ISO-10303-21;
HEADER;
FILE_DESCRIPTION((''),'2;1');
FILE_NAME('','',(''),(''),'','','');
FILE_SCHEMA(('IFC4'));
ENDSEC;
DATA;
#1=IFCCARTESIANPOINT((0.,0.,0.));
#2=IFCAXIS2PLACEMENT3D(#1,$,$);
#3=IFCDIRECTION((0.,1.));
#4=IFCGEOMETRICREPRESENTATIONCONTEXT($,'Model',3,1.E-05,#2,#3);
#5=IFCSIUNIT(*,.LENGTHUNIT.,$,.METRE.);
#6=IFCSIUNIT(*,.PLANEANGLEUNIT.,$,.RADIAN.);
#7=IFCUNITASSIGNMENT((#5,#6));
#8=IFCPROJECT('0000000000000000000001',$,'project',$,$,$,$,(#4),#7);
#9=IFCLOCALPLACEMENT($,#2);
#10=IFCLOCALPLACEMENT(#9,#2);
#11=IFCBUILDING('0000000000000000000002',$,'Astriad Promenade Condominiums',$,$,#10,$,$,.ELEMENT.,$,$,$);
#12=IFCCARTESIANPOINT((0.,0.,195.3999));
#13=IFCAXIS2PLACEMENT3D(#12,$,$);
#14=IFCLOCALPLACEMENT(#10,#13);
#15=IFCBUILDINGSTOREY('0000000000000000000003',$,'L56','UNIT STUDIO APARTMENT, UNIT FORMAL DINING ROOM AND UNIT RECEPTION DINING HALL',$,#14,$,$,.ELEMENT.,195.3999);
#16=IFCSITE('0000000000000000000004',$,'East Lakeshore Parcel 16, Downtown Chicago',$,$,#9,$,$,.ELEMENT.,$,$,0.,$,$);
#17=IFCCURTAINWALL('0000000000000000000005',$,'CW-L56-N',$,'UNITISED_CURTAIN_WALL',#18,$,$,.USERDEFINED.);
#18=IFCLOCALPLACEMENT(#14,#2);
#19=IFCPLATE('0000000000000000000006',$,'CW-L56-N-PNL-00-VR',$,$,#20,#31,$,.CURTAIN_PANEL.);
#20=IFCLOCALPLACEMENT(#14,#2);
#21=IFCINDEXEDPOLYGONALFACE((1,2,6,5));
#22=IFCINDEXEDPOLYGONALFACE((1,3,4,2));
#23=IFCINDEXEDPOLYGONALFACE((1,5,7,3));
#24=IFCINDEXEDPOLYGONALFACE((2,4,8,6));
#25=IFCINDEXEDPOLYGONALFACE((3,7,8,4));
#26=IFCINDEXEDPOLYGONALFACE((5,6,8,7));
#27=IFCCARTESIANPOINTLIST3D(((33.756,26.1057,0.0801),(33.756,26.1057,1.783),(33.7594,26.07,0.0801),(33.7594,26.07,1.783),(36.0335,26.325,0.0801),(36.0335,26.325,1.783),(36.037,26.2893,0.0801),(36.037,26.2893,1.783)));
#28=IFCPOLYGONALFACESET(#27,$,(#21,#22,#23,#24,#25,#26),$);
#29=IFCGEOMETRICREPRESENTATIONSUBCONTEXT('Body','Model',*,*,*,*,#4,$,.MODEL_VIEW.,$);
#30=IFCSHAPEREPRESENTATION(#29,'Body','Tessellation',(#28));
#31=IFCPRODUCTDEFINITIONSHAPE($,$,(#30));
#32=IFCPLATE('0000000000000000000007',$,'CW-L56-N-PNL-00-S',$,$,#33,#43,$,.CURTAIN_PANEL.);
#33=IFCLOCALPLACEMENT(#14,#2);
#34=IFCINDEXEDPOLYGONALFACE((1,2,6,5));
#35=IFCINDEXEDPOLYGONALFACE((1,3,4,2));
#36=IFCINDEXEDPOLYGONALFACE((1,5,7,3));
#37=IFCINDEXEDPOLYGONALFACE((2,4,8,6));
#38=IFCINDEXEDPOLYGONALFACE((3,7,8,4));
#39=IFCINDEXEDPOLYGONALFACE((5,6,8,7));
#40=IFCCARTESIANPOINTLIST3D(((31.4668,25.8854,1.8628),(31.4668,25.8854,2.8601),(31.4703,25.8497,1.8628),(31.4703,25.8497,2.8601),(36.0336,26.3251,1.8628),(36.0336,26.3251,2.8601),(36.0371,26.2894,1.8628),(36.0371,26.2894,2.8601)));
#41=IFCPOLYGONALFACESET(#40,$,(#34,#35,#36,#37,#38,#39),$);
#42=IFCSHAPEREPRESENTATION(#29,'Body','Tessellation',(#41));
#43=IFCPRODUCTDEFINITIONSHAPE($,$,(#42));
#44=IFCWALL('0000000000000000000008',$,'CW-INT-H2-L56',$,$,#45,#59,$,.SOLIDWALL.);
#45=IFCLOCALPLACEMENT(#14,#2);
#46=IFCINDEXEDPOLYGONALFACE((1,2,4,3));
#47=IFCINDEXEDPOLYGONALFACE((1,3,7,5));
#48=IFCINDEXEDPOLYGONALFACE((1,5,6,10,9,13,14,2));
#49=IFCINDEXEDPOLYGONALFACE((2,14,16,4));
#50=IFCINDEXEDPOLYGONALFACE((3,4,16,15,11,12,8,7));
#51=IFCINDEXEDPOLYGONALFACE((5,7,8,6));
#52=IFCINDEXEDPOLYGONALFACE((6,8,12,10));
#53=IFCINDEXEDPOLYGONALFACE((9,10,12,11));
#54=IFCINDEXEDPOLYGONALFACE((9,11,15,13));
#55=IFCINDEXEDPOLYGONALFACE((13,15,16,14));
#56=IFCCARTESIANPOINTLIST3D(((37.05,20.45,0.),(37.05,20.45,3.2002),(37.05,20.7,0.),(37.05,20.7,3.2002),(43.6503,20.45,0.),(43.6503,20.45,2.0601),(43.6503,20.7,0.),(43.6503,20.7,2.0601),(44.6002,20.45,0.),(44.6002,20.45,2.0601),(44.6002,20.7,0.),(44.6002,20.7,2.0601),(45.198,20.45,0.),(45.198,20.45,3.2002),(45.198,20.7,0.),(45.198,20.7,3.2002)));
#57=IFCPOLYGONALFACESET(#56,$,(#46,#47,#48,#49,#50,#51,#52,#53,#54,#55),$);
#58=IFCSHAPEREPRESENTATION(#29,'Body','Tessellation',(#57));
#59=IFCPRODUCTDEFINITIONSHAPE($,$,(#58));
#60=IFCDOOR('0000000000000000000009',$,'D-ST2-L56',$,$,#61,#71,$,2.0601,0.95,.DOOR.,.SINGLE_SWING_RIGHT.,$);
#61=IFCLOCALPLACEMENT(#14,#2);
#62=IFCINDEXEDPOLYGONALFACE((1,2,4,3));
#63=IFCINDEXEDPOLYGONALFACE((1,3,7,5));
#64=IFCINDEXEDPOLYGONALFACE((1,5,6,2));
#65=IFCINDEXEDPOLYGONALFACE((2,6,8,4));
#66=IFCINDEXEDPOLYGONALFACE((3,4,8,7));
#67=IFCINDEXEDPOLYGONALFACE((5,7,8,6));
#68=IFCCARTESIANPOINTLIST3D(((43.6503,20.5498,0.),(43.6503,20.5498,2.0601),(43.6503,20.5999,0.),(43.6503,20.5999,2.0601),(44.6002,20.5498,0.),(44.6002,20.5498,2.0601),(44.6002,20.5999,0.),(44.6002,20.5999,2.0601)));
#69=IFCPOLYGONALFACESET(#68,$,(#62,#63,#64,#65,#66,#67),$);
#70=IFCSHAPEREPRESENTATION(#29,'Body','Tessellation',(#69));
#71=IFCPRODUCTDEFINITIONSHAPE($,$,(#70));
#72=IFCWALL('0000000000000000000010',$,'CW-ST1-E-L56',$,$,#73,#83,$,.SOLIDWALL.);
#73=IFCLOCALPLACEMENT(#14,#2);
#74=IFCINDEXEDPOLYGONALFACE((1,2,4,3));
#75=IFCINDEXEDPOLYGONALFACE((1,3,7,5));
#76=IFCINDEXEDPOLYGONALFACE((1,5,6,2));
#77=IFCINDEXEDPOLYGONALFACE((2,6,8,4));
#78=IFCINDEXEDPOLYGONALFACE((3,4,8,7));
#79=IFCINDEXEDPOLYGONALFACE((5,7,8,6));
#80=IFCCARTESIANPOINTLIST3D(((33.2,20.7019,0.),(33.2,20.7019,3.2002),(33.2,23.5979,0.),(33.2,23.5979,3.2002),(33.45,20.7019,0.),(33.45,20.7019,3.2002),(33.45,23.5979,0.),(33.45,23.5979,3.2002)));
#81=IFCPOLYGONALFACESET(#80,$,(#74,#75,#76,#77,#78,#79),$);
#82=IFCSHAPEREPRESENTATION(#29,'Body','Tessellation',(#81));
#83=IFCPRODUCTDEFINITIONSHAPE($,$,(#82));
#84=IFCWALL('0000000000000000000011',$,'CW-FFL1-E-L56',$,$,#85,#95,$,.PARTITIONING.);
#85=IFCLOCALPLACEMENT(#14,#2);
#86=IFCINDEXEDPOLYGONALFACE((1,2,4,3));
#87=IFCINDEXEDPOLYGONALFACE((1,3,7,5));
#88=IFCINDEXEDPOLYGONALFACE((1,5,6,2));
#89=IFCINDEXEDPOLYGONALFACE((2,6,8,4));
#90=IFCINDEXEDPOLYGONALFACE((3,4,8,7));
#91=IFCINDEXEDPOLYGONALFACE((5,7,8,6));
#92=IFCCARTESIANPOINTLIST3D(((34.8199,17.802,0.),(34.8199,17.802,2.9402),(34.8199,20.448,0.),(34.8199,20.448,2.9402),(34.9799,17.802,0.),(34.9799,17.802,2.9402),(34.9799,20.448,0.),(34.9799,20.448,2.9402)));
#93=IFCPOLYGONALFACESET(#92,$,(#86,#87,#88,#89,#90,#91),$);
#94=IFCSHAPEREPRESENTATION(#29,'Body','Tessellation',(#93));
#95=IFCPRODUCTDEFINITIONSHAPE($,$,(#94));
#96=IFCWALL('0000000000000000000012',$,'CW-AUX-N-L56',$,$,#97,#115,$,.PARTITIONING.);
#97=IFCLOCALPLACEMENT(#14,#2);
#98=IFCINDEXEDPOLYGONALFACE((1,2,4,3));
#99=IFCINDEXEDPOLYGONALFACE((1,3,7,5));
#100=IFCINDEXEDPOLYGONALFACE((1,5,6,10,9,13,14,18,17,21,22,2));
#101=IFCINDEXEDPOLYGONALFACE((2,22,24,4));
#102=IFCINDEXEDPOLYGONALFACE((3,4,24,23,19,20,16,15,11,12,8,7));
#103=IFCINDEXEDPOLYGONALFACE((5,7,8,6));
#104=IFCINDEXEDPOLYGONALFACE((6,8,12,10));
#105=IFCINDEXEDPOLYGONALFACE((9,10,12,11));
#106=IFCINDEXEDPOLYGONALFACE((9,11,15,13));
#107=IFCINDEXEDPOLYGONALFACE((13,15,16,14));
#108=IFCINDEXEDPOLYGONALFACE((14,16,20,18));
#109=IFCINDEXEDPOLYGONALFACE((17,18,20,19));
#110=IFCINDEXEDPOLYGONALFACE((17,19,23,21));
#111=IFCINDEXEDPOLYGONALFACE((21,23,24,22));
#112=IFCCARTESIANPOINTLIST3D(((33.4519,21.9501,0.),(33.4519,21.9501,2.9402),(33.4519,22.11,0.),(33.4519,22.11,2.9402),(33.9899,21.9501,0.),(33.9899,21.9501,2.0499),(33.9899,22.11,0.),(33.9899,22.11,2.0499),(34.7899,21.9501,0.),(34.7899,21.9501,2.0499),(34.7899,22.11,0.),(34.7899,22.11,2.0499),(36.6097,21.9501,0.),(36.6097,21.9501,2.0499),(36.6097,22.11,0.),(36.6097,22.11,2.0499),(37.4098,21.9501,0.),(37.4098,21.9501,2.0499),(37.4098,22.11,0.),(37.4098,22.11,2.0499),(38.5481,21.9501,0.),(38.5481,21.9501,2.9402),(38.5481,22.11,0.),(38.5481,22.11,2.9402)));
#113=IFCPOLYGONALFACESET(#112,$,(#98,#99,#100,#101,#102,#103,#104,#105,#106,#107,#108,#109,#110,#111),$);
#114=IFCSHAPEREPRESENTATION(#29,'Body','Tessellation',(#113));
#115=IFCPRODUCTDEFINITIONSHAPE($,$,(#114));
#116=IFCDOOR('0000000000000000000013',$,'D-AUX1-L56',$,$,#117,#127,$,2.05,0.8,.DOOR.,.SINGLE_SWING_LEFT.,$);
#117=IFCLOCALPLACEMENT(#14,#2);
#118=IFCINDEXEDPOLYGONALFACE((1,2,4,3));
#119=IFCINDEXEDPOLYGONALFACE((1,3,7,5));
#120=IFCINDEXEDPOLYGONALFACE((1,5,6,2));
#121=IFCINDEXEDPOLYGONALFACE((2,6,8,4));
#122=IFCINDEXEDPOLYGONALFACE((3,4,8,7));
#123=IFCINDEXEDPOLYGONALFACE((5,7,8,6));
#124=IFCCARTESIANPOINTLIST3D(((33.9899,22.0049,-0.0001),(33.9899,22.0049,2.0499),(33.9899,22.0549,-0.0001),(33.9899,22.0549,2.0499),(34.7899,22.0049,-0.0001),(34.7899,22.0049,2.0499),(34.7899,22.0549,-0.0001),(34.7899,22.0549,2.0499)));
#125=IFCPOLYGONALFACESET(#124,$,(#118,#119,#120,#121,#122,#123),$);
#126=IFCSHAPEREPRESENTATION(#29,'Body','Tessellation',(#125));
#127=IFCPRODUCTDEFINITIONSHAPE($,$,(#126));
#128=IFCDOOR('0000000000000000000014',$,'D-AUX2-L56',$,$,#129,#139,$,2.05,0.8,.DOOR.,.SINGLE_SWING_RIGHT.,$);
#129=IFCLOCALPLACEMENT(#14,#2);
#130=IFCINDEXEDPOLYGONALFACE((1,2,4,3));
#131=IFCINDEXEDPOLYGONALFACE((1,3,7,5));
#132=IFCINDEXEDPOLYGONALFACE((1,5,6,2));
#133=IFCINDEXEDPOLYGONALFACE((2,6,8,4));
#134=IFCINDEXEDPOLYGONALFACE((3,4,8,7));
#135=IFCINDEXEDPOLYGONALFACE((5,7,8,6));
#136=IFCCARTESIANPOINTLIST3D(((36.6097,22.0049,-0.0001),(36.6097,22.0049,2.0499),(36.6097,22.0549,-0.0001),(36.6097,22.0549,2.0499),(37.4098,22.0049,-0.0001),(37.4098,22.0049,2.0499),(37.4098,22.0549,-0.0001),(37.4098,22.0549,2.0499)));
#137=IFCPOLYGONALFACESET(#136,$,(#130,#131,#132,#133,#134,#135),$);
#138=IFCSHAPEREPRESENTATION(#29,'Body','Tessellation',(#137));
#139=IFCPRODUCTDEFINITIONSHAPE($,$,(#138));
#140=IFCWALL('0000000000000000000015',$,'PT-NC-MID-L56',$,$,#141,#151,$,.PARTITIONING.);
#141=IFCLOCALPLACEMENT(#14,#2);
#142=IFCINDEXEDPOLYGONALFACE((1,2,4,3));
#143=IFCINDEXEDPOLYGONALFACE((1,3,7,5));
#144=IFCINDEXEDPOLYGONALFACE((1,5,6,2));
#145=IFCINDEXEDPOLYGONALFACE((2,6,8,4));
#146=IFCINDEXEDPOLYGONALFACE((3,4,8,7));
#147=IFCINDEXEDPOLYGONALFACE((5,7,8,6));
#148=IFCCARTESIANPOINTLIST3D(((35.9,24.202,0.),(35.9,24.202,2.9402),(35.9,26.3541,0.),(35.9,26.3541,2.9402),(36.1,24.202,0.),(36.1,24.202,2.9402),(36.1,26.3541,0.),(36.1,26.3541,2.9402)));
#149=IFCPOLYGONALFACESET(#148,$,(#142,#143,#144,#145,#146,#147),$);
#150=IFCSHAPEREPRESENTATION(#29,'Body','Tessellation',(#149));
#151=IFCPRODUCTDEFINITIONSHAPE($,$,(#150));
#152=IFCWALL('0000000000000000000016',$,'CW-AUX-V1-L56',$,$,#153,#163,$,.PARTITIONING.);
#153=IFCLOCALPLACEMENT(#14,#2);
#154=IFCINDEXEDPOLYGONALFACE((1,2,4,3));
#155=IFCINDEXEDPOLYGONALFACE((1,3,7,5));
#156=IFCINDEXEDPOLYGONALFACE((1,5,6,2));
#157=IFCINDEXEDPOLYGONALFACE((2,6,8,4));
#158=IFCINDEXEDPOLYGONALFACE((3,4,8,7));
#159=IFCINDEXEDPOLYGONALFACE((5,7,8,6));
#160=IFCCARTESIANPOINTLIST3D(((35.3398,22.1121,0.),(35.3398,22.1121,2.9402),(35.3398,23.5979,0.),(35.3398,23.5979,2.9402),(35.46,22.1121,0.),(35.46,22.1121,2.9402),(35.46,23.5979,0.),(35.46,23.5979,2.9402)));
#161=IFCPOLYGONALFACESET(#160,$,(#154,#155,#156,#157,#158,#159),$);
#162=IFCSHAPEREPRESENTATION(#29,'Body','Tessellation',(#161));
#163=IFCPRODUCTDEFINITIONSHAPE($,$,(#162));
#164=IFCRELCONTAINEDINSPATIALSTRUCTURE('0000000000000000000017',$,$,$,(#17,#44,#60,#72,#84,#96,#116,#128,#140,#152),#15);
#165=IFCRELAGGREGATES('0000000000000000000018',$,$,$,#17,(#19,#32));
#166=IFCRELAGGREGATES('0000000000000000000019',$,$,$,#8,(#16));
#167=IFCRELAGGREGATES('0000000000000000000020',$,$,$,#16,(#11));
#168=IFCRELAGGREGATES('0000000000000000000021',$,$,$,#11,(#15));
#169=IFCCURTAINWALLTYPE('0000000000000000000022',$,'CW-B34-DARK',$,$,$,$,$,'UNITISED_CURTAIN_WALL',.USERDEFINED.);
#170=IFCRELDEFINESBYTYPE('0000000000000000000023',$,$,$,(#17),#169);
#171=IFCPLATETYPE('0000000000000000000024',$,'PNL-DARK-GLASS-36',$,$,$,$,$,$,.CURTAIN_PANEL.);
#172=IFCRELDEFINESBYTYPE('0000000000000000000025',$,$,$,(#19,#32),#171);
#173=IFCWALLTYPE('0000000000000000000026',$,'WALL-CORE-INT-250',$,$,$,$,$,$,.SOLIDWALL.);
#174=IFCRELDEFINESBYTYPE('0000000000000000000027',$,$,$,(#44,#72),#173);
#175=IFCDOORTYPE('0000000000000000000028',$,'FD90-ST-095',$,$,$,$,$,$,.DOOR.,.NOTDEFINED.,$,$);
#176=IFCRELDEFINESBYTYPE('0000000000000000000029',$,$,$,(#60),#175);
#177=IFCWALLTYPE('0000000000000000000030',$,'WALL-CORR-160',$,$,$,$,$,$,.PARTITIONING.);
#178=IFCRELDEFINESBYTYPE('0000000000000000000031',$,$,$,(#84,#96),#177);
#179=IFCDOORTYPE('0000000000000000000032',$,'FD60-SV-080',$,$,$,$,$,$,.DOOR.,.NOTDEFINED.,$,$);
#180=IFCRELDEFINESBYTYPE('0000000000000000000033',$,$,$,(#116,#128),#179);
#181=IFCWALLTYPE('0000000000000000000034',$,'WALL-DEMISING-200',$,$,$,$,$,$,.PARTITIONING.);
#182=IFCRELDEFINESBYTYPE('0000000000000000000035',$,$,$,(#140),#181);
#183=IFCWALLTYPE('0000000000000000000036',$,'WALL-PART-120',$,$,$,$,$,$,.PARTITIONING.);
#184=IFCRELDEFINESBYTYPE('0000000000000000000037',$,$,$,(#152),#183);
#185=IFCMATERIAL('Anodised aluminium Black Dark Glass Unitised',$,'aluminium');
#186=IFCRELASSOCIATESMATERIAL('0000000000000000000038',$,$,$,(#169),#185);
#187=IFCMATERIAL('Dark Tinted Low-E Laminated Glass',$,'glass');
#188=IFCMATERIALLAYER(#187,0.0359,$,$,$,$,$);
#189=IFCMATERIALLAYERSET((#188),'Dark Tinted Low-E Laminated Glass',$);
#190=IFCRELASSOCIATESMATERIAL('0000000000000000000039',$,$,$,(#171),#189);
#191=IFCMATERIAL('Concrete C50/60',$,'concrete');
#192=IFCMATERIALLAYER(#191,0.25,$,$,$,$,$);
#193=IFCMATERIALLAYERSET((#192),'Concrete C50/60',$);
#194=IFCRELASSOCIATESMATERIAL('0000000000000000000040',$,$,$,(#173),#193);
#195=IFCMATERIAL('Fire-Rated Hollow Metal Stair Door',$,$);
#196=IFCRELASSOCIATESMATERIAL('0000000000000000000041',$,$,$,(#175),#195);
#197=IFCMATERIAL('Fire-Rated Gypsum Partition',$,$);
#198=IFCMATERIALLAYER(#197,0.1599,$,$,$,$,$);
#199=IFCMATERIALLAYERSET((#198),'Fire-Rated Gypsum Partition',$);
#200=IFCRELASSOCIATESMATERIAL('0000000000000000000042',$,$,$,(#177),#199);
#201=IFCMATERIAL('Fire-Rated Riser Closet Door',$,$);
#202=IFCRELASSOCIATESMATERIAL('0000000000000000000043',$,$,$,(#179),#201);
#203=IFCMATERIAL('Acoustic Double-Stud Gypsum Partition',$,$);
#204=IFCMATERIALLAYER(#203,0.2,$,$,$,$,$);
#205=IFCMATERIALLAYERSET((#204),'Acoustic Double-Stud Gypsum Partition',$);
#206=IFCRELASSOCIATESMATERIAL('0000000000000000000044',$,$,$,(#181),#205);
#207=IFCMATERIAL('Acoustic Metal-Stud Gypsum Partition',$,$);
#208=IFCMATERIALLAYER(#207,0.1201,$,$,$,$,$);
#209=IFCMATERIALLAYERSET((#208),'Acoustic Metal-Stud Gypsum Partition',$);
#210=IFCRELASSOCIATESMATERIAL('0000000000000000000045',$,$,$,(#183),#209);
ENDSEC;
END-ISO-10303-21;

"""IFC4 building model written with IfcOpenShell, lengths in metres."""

from ifc_helpers import new_model, si_unit, direction, frame, frame_2d, origin, origin_2d, place, context, subcontext, project, spatial, rectangle, extrude, source, transform, mapped, material, layer, layer_set, type_object, type_shapes, element, fill, aggregate, save


model = new_model("IFC4")

# Units and contexts
model_context = context("Model", 3, precision=1e-05, world=origin(), true_north=direction((0.0, 1.0)))
body_context = subcontext(model_context, "Body", "Model", "MODEL_VIEW")
ifc_project = project(units=[si_unit("LENGTHUNIT", "METRE"), si_unit("PLANEANGLEUNIT", "RADIAN")], contexts=[model_context])

# Site, building, storey
site_placement = place(None, origin())
site = spatial("IfcSite", under=ifc_project, at=site_placement, Name="East Lakeshore Parcel 16, Downtown Chicago", CompositionType="ELEMENT", RefElevation=0.0)
building_placement = place(site_placement, origin())
building = spatial("IfcBuilding", under=site, at=building_placement, Name="Astriad Promenade Condominiums", CompositionType="ELEMENT")
storey_placement = place(building_placement, frame((0.0, 0.0, 195.3999)))
storey = spatial("IfcBuildingStorey", under=building, at=storey_placement, Name="L56", Description="UNIT STUDIO APARTMENT, UNIT FORMAL DINING ROOM AND UNIT RECEPTION DINING HALL", CompositionType="ELEMENT", Elevation=195.3999)

# Curtain wall, plates
ifc_material_1 = material(Name="Anodised aluminium Black Dark Glass Unitised", Category="aluminium")
curtain_wall_type = type_object("IfcCurtainWallType", Name="CW-B34-DARK", ElementType="UNITISED_CURTAIN_WALL", PredefinedType="USERDEFINED", material=ifc_material_1)
curtain_wall_placement = place(storey_placement, origin())
curtain_wall = element("IfcCurtainWall", 1, at=curtain_wall_placement, inside=storey, type_object=curtain_wall_type, Name="CW-L56-N", ObjectType="UNITISED_CURTAIN_WALL", PredefinedType="USERDEFINED")
ifc_material_2 = material(Name="Dark Tinted Low-E Laminated Glass", Category="glass")
ifc_layer_1 = layer(ifc_material_2, 0.0359)
ifc_layer_set_1 = layer_set([ifc_layer_1], Name="Dark Tinted Low-E Laminated Glass")
plate_type = type_object("IfcPlateType", Name="PNL-DARK-GLASS-36", PredefinedType="CURTAIN_PANEL", material=ifc_layer_set_1)
shared_shape_1 = source(origin(), body_context, "Body", "SweptSolid", [
    extrude(rectangle(XDim=2.2881, YDim=0.0359, at=origin_2d()), origin(), (0.0, 0.0, 1.0), 1.7029),
])
plate_1_placement = place(storey_placement, frame((34.8965, 26.1975, 0.0801), z_axis=(0.0, 0.0, 1.0), x_axis=(0.995396, 0.095846, 0.0)))
plate_1 = element("IfcPlate", 2, at=plate_1_placement, type_object=plate_type, Name="CW-L56-N-PNL-00-VR", PredefinedType="CURTAIN_PANEL", context=body_context, shape_type="MappedRepresentation", body=[
    mapped(shared_shape_1, transform((0.0, 0.0, 0.0), scale=1.0)),
])
shared_shape_2 = source(origin(), body_context, "Body", "SweptSolid", [
    extrude(rectangle(XDim=4.5879, YDim=0.0359, at=origin_2d()), origin(), (0.0, 0.0, 1.0), 0.9973),
])
type_shapes(plate_type, [shared_shape_1, shared_shape_2])
plate_2_placement = place(storey_placement, frame((33.752, 26.0874, 1.8628), z_axis=(0.0, 0.0, 1.0), x_axis=(0.995396, 0.095846, 0.0)))
plate_2 = element("IfcPlate", 3, at=plate_2_placement, type_object=plate_type, Name="CW-L56-N-PNL-00-S", PredefinedType="CURTAIN_PANEL", context=body_context, shape_type="MappedRepresentation", body=[
    mapped(shared_shape_2, transform((0.0, 0.0, 0.0), scale=1.0)),
])
aggregate(curtain_wall, [plate_1, plate_2])

# Wall, opening, door
ifc_material_3 = material(Name="Concrete C50/60", Category="concrete")
ifc_layer_2 = layer(ifc_material_3, 0.25)
ifc_layer_set_2 = layer_set([ifc_layer_2], Name="Concrete C50/60")
wall_type_1 = type_object("IfcWallType", Name="WALL-CORE-INT-250", PredefinedType="SOLIDWALL", material=ifc_layer_set_2)
wall_1_placement = place(storey_placement, frame((37.05, 20.575, 0.0), z_axis=(0.0, 0.0, 1.0), x_axis=(1.0, 0.0, 0.0)))
wall_1 = element("IfcWall", 4, at=wall_1_placement, inside=storey, type_object=wall_type_1, Name="CW-INT-H2-L56", PredefinedType="SOLIDWALL", context=body_context, shape_type="SweptSolid", body=[
    extrude(rectangle(XDim=8.1479, YDim=0.25, at=frame_2d((4.074, 0.0))), origin(), (0.0, 0.0, 1.0), 3.2002),
])
opening_1_placement = place(wall_1_placement, frame((6.6001, 0.0, 0.0)))
opening_1 = element("IfcOpeningElement", 5, at=opening_1_placement, cuts=wall_1, PredefinedType="OPENING", context=body_context, shape_type="SweptSolid", body=[
    extrude(rectangle(XDim=0.95, YDim=2.0601, at=frame_2d((0.4751, 1.03))), frame((0.0, 0.135, 0.0), z_axis=(0.0, -1.0, 0.0), x_axis=(1.0, 0.0, 0.0)), (0.0, 0.0, 1.0), 0.27),
])
ifc_material_4 = material(Name="Fire-Rated Hollow Metal Stair Door")
door_type_1 = type_object("IfcDoorType", Name="FD90-ST-095", OperationType="NOTDEFINED", PredefinedType="DOOR", material=ifc_material_4)
shared_shape_3 = source(origin(), body_context, "Body", "SweptSolid", [
    extrude(rectangle(XDim=0.95, YDim=2.0601, at=frame_2d((0.4751, 1.03))), frame((0.0, 0.0249, 0.0), z_axis=(0.0, -1.0, 0.0), x_axis=(1.0, 0.0, 0.0)), (0.0, 0.0, 1.0), 0.05),
])
type_shapes(door_type_1, [shared_shape_3])
door_1_placement = place(opening_1_placement, origin())
door_1 = element("IfcDoor", 6, at=door_1_placement, inside=storey, type_object=door_type_1, Name="D-ST2-L56", OperationType="SINGLE_SWING_RIGHT", OverallHeight=2.0601, OverallWidth=0.95, PredefinedType="DOOR", context=body_context, shape_type="MappedRepresentation", body=[
    mapped(shared_shape_3, transform((0.0, 0.0, 0.0), scale=1.0)),
])
fill(opening_1, door_1)

# Walls
wall_2_placement = place(storey_placement, frame((33.325, 20.7019, 0.0), z_axis=(0.0, 0.0, 1.0), x_axis=(0.0, 1.0, 0.0)))
element("IfcWall", 7, at=wall_2_placement, inside=storey, type_object=wall_type_1, Name="CW-ST1-E-L56", PredefinedType="SOLIDWALL", context=body_context, shape_type="SweptSolid", body=[
    extrude(rectangle(XDim=2.896, YDim=0.25, at=frame_2d((1.448, 0.0))), origin(), (0.0, 0.0, 1.0), 3.2002),
])
ifc_material_5 = material(Name="Fire-Rated Gypsum Partition")
ifc_layer_3 = layer(ifc_material_5, 0.1599)
ifc_layer_set_3 = layer_set([ifc_layer_3], Name="Fire-Rated Gypsum Partition")
wall_type_2 = type_object("IfcWallType", Name="WALL-CORR-160", PredefinedType="PARTITIONING", material=ifc_layer_set_3)
wall_3_placement = place(storey_placement, frame((34.8999, 17.802, 0.0), z_axis=(0.0, 0.0, 1.0), x_axis=(0.0, 1.0, 0.0)))
element("IfcWall", 8, at=wall_3_placement, inside=storey, type_object=wall_type_2, Name="CW-FFL1-E-L56", PredefinedType="PARTITIONING", context=body_context, shape_type="SweptSolid", body=[
    extrude(rectangle(XDim=2.646, YDim=0.1599, at=frame_2d((1.323, 0.0))), origin(), (0.0, 0.0, 1.0), 2.9402),
])

# Wall, openings, doors
wall_4_placement = place(storey_placement, frame((33.4519, 22.03, 0.0), z_axis=(0.0, 0.0, 1.0), x_axis=(1.0, 0.0, 0.0)))
wall_4 = element("IfcWall", 9, at=wall_4_placement, inside=storey, type_object=wall_type_2, Name="CW-AUX-N-L56", PredefinedType="PARTITIONING", context=body_context, shape_type="SweptSolid", body=[
    extrude(rectangle(XDim=5.0962, YDim=0.1599, at=frame_2d((2.5481, 0.0))), origin(), (0.0, 0.0, 1.0), 2.9402),
])
opening_2_placement = place(wall_4_placement, frame((0.5381, 0.0, 0.0)))
opening_2 = element("IfcOpeningElement", 10, at=opening_2_placement, cuts=wall_4, PredefinedType="OPENING", context=body_context, shape_type="SweptSolid", body=[
    extrude(rectangle(XDim=0.8, YDim=2.05, at=frame_2d((0.3999, 1.0249))), frame((0.0, 0.0898, 0.0), z_axis=(0.0, -1.0, 0.0), x_axis=(1.0, 0.0, 0.0)), (0.0, 0.0, 1.0), 0.1799),
])
opening_3_placement = place(wall_4_placement, frame((3.158, 0.0, 0.0)))
opening_3 = element("IfcOpeningElement", 11, at=opening_3_placement, cuts=wall_4, PredefinedType="OPENING", context=body_context, shape_type="SweptSolid", body=[
    extrude(rectangle(XDim=0.8, YDim=2.05, at=frame_2d((0.3999, 1.0249))), frame((0.0, 0.0898, 0.0), z_axis=(0.0, -1.0, 0.0), x_axis=(1.0, 0.0, 0.0)), (0.0, 0.0, 1.0), 0.1799),
])
ifc_material_6 = material(Name="Fire-Rated Riser Closet Door")
door_type_2 = type_object("IfcDoorType", Name="FD60-SV-080", OperationType="NOTDEFINED", PredefinedType="DOOR", material=ifc_material_6)
shared_shape_4 = source(origin(), body_context, "Body", "SweptSolid", [
    extrude(rectangle(XDim=0.8, YDim=2.05, at=frame_2d((0.3999, 1.0249))), frame((0.0, 0.0249, 0.0), z_axis=(0.0, -1.0, 0.0), x_axis=(1.0, 0.0, 0.0)), (0.0, 0.0, 1.0), 0.05),
])
type_shapes(door_type_2, [shared_shape_4])
door_2_placement = place(opening_2_placement, origin())
door_2 = element("IfcDoor", 12, at=door_2_placement, inside=storey, type_object=door_type_2, Name="D-AUX1-L56", OperationType="SINGLE_SWING_LEFT", OverallHeight=2.05, OverallWidth=0.8, PredefinedType="DOOR", context=body_context, shape_type="MappedRepresentation", body=[
    mapped(shared_shape_4, transform((0.0, 0.0, 0.0), scale=1.0)),
])
fill(opening_2, door_2)
door_3_placement = place(opening_3_placement, origin())
door_3 = element("IfcDoor", 13, at=door_3_placement, inside=storey, type_object=door_type_2, Name="D-AUX2-L56", OperationType="SINGLE_SWING_RIGHT", OverallHeight=2.05, OverallWidth=0.8, PredefinedType="DOOR", context=body_context, shape_type="MappedRepresentation", body=[
    mapped(shared_shape_4, transform((0.0, 0.0, 0.0), scale=1.0)),
])
fill(opening_3, door_3)

# Walls
ifc_material_7 = material(Name="Acoustic Double-Stud Gypsum Partition")
ifc_layer_4 = layer(ifc_material_7, 0.2)
ifc_layer_set_4 = layer_set([ifc_layer_4], Name="Acoustic Double-Stud Gypsum Partition")
wall_type_3 = type_object("IfcWallType", Name="WALL-DEMISING-200", PredefinedType="PARTITIONING", material=ifc_layer_set_4)
wall_5_placement = place(storey_placement, frame((36.0, 24.2019, 0.0), z_axis=(0.0, 0.0, 1.0), x_axis=(0.0, 1.0, 0.0)))
element("IfcWall", 14, at=wall_5_placement, inside=storey, type_object=wall_type_3, Name="PT-NC-MID-L56", PredefinedType="PARTITIONING", context=body_context, shape_type="SweptSolid", body=[
    extrude(rectangle(XDim=2.1521, YDim=0.2, at=frame_2d((1.0762, 0.0))), origin(), (0.0, 0.0, 1.0), 2.9402),
])
ifc_material_8 = material(Name="Acoustic Metal-Stud Gypsum Partition")
ifc_layer_5 = layer(ifc_material_8, 0.1201)
ifc_layer_set_5 = layer_set([ifc_layer_5], Name="Acoustic Metal-Stud Gypsum Partition")
wall_type_4 = type_object("IfcWallType", Name="WALL-PART-120", PredefinedType="PARTITIONING", material=ifc_layer_set_5)
wall_6_placement = place(storey_placement, frame((35.3999, 22.1121, 0.0), z_axis=(0.0, 0.0, 1.0), x_axis=(0.0, 1.0, 0.0)))
element("IfcWall", 15, at=wall_6_placement, inside=storey, type_object=wall_type_4, Name="CW-AUX-V1-L56", PredefinedType="PARTITIONING", context=body_context, shape_type="SweptSolid", body=[
    extrude(rectangle(XDim=1.4858, YDim=0.1201, at=frame_2d((0.7429, 0.0))), origin(), (0.0, 0.0, 1.0), 2.9402),
])

save(model, "model.ifc")
